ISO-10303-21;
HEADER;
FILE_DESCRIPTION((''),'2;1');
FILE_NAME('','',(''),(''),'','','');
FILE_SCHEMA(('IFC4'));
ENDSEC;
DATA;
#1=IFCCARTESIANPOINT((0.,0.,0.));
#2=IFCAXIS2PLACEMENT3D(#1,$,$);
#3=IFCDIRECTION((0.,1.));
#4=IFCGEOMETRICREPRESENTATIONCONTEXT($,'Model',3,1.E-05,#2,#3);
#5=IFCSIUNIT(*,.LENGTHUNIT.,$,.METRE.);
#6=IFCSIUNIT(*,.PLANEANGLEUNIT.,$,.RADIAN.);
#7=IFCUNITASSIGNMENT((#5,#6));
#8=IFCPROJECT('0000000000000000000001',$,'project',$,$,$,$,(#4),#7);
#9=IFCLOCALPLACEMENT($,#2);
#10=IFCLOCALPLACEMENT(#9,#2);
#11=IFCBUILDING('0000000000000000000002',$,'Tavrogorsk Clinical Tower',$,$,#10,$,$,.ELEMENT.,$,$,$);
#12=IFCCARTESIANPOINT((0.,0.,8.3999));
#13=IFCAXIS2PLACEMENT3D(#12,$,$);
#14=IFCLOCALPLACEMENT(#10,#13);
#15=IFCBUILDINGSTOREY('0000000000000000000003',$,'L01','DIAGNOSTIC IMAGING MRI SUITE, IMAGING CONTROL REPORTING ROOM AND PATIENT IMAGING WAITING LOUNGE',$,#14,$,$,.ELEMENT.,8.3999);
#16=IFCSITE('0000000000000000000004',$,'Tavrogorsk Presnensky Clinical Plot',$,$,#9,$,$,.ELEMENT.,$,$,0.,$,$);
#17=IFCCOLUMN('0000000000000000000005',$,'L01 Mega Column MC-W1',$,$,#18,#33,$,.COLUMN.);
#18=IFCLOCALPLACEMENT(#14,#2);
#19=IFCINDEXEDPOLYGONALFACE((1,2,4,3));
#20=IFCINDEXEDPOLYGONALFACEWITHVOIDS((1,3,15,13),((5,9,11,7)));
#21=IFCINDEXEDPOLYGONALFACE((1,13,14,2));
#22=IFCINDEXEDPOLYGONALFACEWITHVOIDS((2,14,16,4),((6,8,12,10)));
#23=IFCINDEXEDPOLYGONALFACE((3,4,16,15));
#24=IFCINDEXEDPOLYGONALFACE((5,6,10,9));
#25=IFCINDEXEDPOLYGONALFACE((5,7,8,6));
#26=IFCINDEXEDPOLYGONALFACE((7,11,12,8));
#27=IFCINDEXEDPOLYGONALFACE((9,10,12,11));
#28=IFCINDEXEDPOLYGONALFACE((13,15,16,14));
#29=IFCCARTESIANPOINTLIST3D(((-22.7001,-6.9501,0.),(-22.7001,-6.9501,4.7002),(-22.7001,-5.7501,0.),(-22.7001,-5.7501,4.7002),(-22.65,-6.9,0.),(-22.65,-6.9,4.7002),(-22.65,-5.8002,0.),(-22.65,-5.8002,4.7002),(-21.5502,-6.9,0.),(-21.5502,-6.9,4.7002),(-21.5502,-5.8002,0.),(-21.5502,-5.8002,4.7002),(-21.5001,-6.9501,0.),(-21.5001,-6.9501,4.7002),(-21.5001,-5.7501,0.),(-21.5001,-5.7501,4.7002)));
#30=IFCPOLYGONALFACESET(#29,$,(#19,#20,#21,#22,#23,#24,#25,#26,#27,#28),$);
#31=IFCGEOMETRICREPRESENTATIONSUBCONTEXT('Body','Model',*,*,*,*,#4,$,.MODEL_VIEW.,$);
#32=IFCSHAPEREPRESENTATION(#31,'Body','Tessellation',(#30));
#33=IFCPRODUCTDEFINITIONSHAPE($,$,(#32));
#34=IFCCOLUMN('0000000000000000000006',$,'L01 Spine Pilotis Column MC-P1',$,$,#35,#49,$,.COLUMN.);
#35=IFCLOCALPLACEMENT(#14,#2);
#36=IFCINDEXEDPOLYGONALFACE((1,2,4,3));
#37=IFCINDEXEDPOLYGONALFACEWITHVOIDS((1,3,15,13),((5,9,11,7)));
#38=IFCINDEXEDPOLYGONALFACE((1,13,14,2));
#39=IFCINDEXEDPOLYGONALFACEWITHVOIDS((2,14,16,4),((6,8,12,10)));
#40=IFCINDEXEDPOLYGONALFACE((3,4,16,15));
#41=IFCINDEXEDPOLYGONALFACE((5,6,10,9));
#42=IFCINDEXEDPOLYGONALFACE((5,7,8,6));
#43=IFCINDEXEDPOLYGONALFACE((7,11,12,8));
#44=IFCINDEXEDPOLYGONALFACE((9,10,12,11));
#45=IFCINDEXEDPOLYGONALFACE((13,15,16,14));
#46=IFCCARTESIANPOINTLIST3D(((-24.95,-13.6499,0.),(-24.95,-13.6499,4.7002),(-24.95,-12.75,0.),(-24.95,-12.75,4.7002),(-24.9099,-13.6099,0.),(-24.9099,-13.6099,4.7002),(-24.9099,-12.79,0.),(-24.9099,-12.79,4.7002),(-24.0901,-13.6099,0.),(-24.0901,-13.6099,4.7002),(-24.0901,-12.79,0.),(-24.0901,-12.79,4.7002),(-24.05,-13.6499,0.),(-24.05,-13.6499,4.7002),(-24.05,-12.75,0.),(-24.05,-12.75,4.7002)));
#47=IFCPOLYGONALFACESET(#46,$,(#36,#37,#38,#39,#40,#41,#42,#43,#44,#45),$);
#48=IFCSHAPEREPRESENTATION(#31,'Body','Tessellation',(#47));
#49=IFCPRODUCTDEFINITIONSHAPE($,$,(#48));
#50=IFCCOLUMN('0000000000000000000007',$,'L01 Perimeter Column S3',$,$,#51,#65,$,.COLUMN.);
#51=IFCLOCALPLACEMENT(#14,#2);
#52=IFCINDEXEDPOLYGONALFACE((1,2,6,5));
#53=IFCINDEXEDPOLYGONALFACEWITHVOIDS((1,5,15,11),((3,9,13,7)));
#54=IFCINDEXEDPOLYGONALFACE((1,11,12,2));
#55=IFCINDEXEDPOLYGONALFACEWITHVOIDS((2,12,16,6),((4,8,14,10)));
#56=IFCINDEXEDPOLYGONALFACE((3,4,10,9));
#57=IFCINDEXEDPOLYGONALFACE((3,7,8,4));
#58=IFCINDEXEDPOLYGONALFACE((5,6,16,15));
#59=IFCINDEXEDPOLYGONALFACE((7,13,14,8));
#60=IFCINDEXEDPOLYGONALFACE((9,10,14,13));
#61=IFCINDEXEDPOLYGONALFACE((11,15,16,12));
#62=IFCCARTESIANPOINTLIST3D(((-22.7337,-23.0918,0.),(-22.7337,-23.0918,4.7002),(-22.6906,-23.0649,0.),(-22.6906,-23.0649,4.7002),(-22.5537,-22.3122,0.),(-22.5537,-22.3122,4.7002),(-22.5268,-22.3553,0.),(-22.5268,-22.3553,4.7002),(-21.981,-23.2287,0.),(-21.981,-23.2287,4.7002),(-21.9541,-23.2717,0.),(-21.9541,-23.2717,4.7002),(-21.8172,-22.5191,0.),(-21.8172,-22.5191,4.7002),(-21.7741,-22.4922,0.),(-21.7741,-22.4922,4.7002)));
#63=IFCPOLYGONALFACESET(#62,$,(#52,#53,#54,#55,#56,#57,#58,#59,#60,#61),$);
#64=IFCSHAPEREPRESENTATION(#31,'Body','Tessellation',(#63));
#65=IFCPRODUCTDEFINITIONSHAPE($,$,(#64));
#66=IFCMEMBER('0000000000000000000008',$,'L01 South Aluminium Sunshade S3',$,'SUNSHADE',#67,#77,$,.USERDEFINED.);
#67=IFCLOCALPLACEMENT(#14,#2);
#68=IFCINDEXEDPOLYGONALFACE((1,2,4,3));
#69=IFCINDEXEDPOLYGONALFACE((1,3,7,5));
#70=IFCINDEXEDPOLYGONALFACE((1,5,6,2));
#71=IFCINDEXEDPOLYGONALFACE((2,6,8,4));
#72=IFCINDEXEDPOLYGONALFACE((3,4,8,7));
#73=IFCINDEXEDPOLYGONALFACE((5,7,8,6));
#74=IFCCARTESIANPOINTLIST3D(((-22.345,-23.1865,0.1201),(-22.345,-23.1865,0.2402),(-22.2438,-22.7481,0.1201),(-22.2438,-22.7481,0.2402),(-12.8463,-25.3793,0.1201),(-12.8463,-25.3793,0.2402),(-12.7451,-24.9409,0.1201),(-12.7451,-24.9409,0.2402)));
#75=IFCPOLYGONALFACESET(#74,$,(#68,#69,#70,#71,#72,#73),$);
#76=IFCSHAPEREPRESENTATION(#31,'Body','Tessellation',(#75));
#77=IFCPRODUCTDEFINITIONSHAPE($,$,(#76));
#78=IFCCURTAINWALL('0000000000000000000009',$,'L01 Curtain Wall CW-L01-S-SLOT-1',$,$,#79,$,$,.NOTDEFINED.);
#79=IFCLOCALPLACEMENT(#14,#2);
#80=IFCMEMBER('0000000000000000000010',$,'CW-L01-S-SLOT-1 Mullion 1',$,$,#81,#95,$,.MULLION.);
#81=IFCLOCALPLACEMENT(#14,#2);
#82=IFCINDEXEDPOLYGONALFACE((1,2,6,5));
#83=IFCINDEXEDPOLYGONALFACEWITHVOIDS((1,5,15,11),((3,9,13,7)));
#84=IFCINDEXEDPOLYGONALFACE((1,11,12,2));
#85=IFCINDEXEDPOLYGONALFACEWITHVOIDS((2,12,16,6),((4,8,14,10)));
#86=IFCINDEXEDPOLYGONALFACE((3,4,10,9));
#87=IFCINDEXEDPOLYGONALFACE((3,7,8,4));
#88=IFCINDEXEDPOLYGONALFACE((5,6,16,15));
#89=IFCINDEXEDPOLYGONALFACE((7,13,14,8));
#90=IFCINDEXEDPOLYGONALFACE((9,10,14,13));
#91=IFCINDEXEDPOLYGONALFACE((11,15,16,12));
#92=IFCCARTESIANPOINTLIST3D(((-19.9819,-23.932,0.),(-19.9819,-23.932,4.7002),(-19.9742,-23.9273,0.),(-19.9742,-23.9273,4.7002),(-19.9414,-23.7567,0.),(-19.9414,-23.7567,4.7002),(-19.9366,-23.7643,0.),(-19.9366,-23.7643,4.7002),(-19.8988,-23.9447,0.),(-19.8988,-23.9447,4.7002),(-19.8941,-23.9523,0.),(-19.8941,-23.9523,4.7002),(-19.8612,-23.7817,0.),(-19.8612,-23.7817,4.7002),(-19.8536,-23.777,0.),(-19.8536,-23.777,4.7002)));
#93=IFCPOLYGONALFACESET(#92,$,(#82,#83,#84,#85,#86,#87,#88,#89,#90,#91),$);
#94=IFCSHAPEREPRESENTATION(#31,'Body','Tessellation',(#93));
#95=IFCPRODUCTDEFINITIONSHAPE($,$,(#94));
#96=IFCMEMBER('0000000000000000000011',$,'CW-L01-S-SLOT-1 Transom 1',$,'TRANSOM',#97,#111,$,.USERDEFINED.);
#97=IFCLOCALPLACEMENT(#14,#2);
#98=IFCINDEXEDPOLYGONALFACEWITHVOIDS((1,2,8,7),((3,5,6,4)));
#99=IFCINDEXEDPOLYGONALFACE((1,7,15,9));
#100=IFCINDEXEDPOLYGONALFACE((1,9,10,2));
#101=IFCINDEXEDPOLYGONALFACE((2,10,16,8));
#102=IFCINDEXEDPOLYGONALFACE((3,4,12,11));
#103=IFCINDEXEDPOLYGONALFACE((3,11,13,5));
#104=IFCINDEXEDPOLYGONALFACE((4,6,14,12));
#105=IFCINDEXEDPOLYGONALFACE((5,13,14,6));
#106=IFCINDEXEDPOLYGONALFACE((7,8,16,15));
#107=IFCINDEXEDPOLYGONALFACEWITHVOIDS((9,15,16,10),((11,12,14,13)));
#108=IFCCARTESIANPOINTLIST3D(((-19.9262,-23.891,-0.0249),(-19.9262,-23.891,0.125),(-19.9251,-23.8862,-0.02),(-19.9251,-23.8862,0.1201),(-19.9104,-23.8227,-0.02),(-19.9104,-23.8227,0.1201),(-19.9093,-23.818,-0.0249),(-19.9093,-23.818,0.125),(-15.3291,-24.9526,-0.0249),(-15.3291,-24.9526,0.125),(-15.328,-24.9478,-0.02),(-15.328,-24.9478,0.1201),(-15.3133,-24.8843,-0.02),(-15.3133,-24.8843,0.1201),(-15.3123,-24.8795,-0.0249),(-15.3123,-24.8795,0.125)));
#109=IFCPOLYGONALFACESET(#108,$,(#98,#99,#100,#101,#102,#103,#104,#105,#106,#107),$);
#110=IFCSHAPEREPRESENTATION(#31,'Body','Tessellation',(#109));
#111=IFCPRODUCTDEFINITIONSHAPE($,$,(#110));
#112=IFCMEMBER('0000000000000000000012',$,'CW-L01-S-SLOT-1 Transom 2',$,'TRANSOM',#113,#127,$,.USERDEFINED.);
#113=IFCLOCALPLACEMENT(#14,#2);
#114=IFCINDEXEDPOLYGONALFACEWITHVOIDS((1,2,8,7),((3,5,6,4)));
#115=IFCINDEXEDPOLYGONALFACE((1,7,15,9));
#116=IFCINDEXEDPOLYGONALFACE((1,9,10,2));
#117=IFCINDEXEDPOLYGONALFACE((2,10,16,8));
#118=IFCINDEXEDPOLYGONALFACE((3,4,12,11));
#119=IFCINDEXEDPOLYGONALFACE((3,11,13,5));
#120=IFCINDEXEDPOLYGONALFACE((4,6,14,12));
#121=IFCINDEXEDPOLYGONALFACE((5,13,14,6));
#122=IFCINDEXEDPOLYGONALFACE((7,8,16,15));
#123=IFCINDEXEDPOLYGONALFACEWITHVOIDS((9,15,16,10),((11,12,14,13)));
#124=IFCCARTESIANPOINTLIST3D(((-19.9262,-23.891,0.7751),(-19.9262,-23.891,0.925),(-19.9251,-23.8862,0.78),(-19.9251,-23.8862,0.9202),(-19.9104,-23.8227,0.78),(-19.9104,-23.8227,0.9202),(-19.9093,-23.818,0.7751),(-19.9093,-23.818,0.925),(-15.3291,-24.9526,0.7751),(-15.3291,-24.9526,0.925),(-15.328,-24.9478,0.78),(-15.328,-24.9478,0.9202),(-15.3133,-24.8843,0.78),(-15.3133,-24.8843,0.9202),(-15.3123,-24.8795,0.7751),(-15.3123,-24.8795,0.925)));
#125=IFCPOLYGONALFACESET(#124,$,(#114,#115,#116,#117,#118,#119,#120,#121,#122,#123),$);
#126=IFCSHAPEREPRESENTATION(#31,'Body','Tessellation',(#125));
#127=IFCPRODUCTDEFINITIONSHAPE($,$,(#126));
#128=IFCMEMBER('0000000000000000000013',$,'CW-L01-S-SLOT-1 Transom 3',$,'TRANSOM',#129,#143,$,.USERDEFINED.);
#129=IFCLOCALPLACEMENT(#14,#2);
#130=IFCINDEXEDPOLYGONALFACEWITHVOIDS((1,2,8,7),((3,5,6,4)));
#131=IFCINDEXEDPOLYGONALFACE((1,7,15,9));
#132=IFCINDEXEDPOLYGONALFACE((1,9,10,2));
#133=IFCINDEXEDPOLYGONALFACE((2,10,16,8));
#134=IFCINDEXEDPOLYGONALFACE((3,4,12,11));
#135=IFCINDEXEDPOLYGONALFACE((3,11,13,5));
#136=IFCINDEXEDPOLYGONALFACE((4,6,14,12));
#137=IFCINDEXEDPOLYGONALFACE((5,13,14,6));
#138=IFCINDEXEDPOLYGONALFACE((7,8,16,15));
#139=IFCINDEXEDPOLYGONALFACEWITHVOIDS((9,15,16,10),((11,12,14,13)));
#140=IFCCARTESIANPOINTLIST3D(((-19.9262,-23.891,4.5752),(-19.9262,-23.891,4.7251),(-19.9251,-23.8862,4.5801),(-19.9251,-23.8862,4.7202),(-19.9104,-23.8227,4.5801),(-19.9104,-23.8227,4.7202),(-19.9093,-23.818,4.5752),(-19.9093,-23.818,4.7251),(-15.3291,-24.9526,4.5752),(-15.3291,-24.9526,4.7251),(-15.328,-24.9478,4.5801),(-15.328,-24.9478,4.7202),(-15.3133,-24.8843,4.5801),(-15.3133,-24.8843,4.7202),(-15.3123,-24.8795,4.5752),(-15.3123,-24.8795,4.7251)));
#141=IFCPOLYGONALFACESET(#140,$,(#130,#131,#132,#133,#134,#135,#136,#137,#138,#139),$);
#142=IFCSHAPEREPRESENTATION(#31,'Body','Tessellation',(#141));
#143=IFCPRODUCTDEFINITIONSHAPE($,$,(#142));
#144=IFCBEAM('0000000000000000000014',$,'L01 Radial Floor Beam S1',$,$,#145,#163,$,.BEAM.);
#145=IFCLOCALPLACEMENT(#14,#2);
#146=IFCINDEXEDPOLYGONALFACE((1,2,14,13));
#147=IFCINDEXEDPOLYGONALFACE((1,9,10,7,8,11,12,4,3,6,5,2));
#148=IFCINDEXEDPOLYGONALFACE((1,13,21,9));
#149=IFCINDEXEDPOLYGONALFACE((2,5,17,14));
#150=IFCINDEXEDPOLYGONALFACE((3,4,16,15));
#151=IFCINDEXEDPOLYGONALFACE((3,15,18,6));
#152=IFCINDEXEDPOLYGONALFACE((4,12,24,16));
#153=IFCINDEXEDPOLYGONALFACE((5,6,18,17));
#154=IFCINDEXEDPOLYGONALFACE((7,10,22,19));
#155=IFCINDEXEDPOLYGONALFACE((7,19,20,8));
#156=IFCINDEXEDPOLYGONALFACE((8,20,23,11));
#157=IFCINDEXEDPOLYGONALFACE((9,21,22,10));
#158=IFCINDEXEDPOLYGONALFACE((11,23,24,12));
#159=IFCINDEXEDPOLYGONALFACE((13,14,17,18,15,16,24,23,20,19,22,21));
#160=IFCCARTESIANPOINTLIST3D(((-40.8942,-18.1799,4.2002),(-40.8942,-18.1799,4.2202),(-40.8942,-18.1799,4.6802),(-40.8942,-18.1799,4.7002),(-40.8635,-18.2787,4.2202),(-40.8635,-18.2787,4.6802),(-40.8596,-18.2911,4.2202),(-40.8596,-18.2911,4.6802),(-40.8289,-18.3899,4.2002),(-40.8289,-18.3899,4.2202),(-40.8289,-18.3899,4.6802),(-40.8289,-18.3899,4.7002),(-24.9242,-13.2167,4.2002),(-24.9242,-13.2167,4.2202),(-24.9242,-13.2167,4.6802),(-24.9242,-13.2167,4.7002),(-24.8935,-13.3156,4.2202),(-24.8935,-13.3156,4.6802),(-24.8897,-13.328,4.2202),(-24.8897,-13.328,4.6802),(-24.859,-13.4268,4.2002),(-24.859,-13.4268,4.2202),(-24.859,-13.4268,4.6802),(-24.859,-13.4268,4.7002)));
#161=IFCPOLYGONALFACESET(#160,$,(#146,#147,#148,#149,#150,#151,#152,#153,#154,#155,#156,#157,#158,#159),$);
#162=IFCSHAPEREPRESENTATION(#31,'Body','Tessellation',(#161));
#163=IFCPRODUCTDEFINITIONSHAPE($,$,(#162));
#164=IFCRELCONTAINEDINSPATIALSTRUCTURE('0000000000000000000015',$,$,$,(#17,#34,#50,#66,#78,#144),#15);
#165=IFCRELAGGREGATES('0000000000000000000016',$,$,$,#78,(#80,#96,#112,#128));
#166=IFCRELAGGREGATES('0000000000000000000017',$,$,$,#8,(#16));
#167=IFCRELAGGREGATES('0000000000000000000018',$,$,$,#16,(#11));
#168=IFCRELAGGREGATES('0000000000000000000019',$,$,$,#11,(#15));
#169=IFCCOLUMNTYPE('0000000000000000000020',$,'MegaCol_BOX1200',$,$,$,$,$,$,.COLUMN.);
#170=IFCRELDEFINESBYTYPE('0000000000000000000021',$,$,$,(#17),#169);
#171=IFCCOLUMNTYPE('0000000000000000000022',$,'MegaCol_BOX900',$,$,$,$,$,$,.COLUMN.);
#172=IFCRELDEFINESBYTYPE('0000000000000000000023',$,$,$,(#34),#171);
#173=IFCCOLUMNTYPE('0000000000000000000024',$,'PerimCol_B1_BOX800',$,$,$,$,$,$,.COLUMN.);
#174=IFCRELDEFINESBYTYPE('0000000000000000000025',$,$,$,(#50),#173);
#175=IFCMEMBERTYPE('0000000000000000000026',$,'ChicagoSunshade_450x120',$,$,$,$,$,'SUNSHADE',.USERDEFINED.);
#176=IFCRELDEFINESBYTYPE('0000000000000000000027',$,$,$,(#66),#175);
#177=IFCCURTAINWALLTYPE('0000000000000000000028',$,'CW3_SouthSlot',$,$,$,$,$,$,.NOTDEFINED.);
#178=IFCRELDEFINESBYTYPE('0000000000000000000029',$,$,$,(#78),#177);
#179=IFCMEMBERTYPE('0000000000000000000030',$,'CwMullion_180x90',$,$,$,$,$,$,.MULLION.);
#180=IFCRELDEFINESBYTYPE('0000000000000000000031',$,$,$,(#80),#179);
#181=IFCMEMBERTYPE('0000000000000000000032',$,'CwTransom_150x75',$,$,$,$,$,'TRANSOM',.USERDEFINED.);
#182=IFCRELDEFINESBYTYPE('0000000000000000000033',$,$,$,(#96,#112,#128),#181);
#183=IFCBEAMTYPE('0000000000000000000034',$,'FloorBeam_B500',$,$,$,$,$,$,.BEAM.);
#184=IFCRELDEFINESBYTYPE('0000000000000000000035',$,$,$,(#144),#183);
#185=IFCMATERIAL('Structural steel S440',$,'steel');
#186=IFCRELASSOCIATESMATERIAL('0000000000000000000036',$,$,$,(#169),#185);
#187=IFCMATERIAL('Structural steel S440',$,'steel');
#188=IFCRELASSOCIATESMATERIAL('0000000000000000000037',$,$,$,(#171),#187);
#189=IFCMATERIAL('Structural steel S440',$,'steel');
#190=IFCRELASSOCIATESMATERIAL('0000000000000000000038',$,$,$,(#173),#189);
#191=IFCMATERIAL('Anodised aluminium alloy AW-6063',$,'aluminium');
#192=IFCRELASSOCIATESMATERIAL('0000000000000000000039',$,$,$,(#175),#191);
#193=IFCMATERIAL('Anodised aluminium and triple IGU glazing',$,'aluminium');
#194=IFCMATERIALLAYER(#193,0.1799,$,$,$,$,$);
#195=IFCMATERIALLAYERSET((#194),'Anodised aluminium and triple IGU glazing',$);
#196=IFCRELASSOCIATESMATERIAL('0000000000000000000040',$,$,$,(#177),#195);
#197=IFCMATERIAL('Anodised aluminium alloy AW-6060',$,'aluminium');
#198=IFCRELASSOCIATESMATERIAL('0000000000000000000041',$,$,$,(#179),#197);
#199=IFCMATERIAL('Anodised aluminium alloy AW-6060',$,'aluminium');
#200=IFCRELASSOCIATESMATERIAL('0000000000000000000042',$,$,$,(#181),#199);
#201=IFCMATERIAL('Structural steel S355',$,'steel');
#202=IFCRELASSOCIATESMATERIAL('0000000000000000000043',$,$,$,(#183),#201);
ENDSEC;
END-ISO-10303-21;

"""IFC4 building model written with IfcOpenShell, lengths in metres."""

from ifc_helpers import new_model, si_unit, direction, frame, origin, origin_2d, place, context, subcontext, project, spatial, rectangle, hollow_rectangle, i_section, extrude, material, layer, layer_set, material_profile, profile_set, type_object, element, aggregate, save


model = new_model("IFC4")

# Units and contexts
model_context = context("Model", 3, precision=1e-05, world=origin(), true_north=direction((0.0, 1.0)))
body_context = subcontext(model_context, "Body", "Model", "MODEL_VIEW")
ifc_project = project(units=[si_unit("LENGTHUNIT", "METRE"), si_unit("PLANEANGLEUNIT", "RADIAN")], contexts=[model_context])

# Site, building, storey
site_placement = place(None, origin())
site = spatial("IfcSite", under=ifc_project, at=site_placement, Name="Tavrogorsk Presnensky Clinical Plot", CompositionType="ELEMENT", RefElevation=0.0)
building_placement = place(site_placement, origin())
building = spatial("IfcBuilding", under=site, at=building_placement, Name="Tavrogorsk Clinical Tower", CompositionType="ELEMENT")
storey_placement = place(building_placement, frame((0.0, 0.0, 8.3999)))
storey = spatial("IfcBuildingStorey", under=building, at=storey_placement, Name="L01", Description="DIAGNOSTIC IMAGING MRI SUITE, IMAGING CONTROL REPORTING ROOM AND PATIENT IMAGING WAITING LOUNGE", CompositionType="ELEMENT", Elevation=8.3999)

# Columns
ifc_material_1 = material(Name="Structural steel S440", Category="steel")
ifc_material_profile_1 = material_profile(ifc_material_1, hollow_rectangle(XDim=1.2, YDim=1.2, WallThickness=0.05, at=origin_2d()), Name="BOX-1200x1200x50")
ifc_profile_set_1 = profile_set([ifc_material_profile_1], Name="Structural steel S440")
column_type_1 = type_object("IfcColumnType", Name="MegaCol_BOX1200", PredefinedType="COLUMN", material=ifc_profile_set_1)
column_1_placement = place(storey_placement, frame((-22.1001, -6.3501, 0.0), z_axis=(0.0, 0.0, 1.0), x_axis=(1.0, 0.0, 0.0)))
element("IfcColumn", 1, at=column_1_placement, inside=storey, type_object=column_type_1, Name="L01 Mega Column MC-W1", PredefinedType="COLUMN", context=body_context, shape_type="SweptSolid", body=[
    extrude(hollow_rectangle(XDim=1.2, YDim=1.2, WallThickness=0.05, at=origin_2d()), origin(), (0.0, 0.0, 1.0), 4.7002),
])
ifc_material_2 = material(Name="Structural steel S440", Category="steel")
ifc_material_profile_2 = material_profile(ifc_material_2, hollow_rectangle(XDim=0.8999, YDim=0.8999, WallThickness=0.04, at=origin_2d()), Name="BOX-900x900x40")
ifc_profile_set_2 = profile_set([ifc_material_profile_2], Name="Structural steel S440")
column_type_2 = type_object("IfcColumnType", Name="MegaCol_BOX900", PredefinedType="COLUMN", material=ifc_profile_set_2)
column_2_placement = place(storey_placement, frame((-24.5, -13.2, 0.0), z_axis=(0.0, 0.0, 1.0), x_axis=(1.0, 0.0, 0.0)))
element("IfcColumn", 2, at=column_2_placement, inside=storey, type_object=column_type_2, Name="L01 Spine Pilotis Column MC-P1", PredefinedType="COLUMN", context=body_context, shape_type="SweptSolid", body=[
    extrude(hollow_rectangle(XDim=0.8999, YDim=0.8999, WallThickness=0.04, at=origin_2d()), origin(), (0.0, 0.0, 1.0), 4.7002),
])
ifc_material_3 = material(Name="Structural steel S440", Category="steel")
ifc_material_profile_3 = material_profile(ifc_material_3, hollow_rectangle(XDim=0.8, YDim=0.8, WallThickness=0.0359, at=origin_2d()), Name="BOX-800x800x36")
ifc_profile_set_3 = profile_set([ifc_material_profile_3], Name="Structural steel S440")
column_type_3 = type_object("IfcColumnType", Name="PerimCol_B1_BOX800", PredefinedType="COLUMN", material=ifc_profile_set_3)
column_3_placement = place(storey_placement, frame((-22.2539, -22.792, 0.0), z_axis=(0.0, 0.0, 1.0), x_axis=(0.97437, -0.224951, 0.0)))
element("IfcColumn", 3, at=column_3_placement, inside=storey, type_object=column_type_3, Name="L01 Perimeter Column S3", PredefinedType="COLUMN", context=body_context, shape_type="SweptSolid", body=[
    extrude(hollow_rectangle(XDim=0.8, YDim=0.8, WallThickness=0.0359, at=origin_2d()), origin(), (0.0, 0.0, 1.0), 4.7002),
])

# Member
ifc_material_4 = material(Name="Anodised aluminium alloy AW-6063", Category="aluminium")
ifc_material_profile_4 = material_profile(ifc_material_4, rectangle(XDim=0.45, YDim=0.1201, at=origin_2d()), Name="ALU-SUNSHADE-450x120")
ifc_profile_set_4 = profile_set([ifc_material_profile_4], Name="Anodised aluminium alloy AW-6063")
member_type_1 = type_object("IfcMemberType", Name="ChicagoSunshade_450x120", ElementType="SUNSHADE", PredefinedType="USERDEFINED", material=ifc_profile_set_4)
member_1_placement = place(storey_placement, frame((-22.2944, -22.9673, 0.1802), z_axis=(0.974372, -0.224942, 0.0), x_axis=(0.224942, 0.974372, 0.0)))
element("IfcMember", 4, at=member_1_placement, inside=storey, type_object=member_type_1, Name="L01 South Aluminium Sunshade S3", ObjectType="SUNSHADE", PredefinedType="USERDEFINED", context=body_context, shape_type="SweptSolid", body=[
    extrude(rectangle(XDim=0.45, YDim=0.1201, at=origin_2d()), origin(), (0.0, 0.0, 1.0), 9.7485),
])

# Curtain wall, members
ifc_material_5 = material(Name="Anodised aluminium and triple IGU glazing", Category="aluminium")
ifc_layer_1 = layer(ifc_material_5, 0.1799)
ifc_layer_set_1 = layer_set([ifc_layer_1], Name="Anodised aluminium and triple IGU glazing")
curtain_wall_type = type_object("IfcCurtainWallType", Name="CW3_SouthSlot", PredefinedType="NOTDEFINED", material=ifc_layer_set_1)
curtain_wall_placement = place(storey_placement, origin())
curtain_wall = element("IfcCurtainWall", 5, at=curtain_wall_placement, inside=storey, type_object=curtain_wall_type, Name="L01 Curtain Wall CW-L01-S-SLOT-1", PredefinedType="NOTDEFINED")
ifc_material_6 = material(Name="Anodised aluminium alloy AW-6060", Category="aluminium")
ifc_material_profile_5 = material_profile(ifc_material_6, hollow_rectangle(XDim=0.0901, YDim=0.1799, WallThickness=0.0063, at=origin_2d()), Name="RHS-180x90x6.3")
ifc_profile_set_5 = profile_set([ifc_material_profile_5], Name="Anodised aluminium alloy AW-6060")
member_type_2 = type_object("IfcMemberType", Name="CwMullion_180x90", PredefinedType="MULLION", material=ifc_profile_set_5)
member_2_placement = place(storey_placement, frame((-19.9177, -23.8545, 0.0), z_axis=(0.0, 0.0, 1.0), x_axis=(0.97437, -0.224951, 0.0)))
member_2 = element("IfcMember", 6, at=member_2_placement, type_object=member_type_2, Name="CW-L01-S-SLOT-1 Mullion 1", PredefinedType="MULLION", context=body_context, shape_type="SweptSolid", body=[
    extrude(hollow_rectangle(XDim=0.0901, YDim=0.1799, WallThickness=0.0063, at=origin_2d()), origin(), (0.0, 0.0, 1.0), 4.7002),
])
ifc_material_7 = material(Name="Anodised aluminium alloy AW-6060", Category="aluminium")
ifc_material_profile_6 = material_profile(ifc_material_7, hollow_rectangle(XDim=0.075, YDim=0.1499, WallThickness=0.0049, at=origin_2d()), Name="RHS-150x75x5")
ifc_profile_set_6 = profile_set([ifc_material_profile_6], Name="Anodised aluminium alloy AW-6060")
member_type_3 = type_object("IfcMemberType", Name="CwTransom_150x75", ElementType="TRANSOM", PredefinedType="USERDEFINED", material=ifc_profile_set_6)
member_3_placement = place(storey_placement, frame((-19.9177, -23.8545, 0.05), z_axis=(0.974359, -0.224999, 0.0), x_axis=(0.224999, 0.974359, 0.0)))
member_3 = element("IfcMember", 7, at=member_3_placement, type_object=member_type_3, Name="CW-L01-S-SLOT-1 Transom 1", ObjectType="TRANSOM", PredefinedType="USERDEFINED", context=body_context, shape_type="SweptSolid", body=[
    extrude(hollow_rectangle(XDim=0.075, YDim=0.1499, WallThickness=0.0049, at=origin_2d()), origin(), (0.0, 0.0, 1.0), 4.718),
])
member_4_placement = place(storey_placement, frame((-19.9177, -23.8545, 0.8501), z_axis=(0.974359, -0.224999, 0.0), x_axis=(0.224999, 0.974359, 0.0)))
member_4 = element("IfcMember", 8, at=member_4_placement, type_object=member_type_3, Name="CW-L01-S-SLOT-1 Transom 2", ObjectType="TRANSOM", PredefinedType="USERDEFINED", context=body_context, shape_type="SweptSolid", body=[
    extrude(hollow_rectangle(XDim=0.075, YDim=0.1499, WallThickness=0.0049, at=origin_2d()), origin(), (0.0, 0.0, 1.0), 4.718),
])
member_5_placement = place(storey_placement, frame((-19.9177, -23.8545, 4.6501), z_axis=(0.974359, -0.224999, 0.0), x_axis=(0.224999, 0.974359, 0.0)))
member_5 = element("IfcMember", 9, at=member_5_placement, type_object=member_type_3, Name="CW-L01-S-SLOT-1 Transom 3", ObjectType="TRANSOM", PredefinedType="USERDEFINED", context=body_context, shape_type="SweptSolid", body=[
    extrude(hollow_rectangle(XDim=0.075, YDim=0.1499, WallThickness=0.0049, at=origin_2d()), origin(), (0.0, 0.0, 1.0), 4.718),
])

# Beam
ifc_material_8 = material(Name="Structural steel S355", Category="steel")
ifc_material_profile_7 = material_profile(ifc_material_8, i_section(OverallWidth=0.22, OverallDepth=0.5, WebThickness=0.0129, FlangeThickness=0.02, at=origin_2d()), Name="B-500x220x13x20")
ifc_profile_set_7 = profile_set([ifc_material_profile_7], Name="Structural steel S355")
beam_type_1 = type_object("IfcBeamType", Name="FloorBeam_B500", PredefinedType="BEAM", material=ifc_profile_set_7)
beam_1_placement = place(storey_placement, frame((-24.8916, -13.3218, 4.4502), z_axis=(-0.954947, -0.296778, 0.0), x_axis=(0.296778, -0.954947, 0.0)))
element("IfcBeam", 10, at=beam_1_placement, inside=storey, type_object=beam_type_1, Name="L01 Radial Floor Beam S1", PredefinedType="BEAM", context=body_context, shape_type="SweptSolid", body=[
    extrude(i_section(OverallWidth=0.22, OverallDepth=0.5, WebThickness=0.0129, FlangeThickness=0.02, at=origin_2d()), origin(), (0.0, 0.0, 1.0), 16.7234),
])

aggregate(curtain_wall, [member_2, member_3, member_4, member_5])

save(model, "model.ifc")
